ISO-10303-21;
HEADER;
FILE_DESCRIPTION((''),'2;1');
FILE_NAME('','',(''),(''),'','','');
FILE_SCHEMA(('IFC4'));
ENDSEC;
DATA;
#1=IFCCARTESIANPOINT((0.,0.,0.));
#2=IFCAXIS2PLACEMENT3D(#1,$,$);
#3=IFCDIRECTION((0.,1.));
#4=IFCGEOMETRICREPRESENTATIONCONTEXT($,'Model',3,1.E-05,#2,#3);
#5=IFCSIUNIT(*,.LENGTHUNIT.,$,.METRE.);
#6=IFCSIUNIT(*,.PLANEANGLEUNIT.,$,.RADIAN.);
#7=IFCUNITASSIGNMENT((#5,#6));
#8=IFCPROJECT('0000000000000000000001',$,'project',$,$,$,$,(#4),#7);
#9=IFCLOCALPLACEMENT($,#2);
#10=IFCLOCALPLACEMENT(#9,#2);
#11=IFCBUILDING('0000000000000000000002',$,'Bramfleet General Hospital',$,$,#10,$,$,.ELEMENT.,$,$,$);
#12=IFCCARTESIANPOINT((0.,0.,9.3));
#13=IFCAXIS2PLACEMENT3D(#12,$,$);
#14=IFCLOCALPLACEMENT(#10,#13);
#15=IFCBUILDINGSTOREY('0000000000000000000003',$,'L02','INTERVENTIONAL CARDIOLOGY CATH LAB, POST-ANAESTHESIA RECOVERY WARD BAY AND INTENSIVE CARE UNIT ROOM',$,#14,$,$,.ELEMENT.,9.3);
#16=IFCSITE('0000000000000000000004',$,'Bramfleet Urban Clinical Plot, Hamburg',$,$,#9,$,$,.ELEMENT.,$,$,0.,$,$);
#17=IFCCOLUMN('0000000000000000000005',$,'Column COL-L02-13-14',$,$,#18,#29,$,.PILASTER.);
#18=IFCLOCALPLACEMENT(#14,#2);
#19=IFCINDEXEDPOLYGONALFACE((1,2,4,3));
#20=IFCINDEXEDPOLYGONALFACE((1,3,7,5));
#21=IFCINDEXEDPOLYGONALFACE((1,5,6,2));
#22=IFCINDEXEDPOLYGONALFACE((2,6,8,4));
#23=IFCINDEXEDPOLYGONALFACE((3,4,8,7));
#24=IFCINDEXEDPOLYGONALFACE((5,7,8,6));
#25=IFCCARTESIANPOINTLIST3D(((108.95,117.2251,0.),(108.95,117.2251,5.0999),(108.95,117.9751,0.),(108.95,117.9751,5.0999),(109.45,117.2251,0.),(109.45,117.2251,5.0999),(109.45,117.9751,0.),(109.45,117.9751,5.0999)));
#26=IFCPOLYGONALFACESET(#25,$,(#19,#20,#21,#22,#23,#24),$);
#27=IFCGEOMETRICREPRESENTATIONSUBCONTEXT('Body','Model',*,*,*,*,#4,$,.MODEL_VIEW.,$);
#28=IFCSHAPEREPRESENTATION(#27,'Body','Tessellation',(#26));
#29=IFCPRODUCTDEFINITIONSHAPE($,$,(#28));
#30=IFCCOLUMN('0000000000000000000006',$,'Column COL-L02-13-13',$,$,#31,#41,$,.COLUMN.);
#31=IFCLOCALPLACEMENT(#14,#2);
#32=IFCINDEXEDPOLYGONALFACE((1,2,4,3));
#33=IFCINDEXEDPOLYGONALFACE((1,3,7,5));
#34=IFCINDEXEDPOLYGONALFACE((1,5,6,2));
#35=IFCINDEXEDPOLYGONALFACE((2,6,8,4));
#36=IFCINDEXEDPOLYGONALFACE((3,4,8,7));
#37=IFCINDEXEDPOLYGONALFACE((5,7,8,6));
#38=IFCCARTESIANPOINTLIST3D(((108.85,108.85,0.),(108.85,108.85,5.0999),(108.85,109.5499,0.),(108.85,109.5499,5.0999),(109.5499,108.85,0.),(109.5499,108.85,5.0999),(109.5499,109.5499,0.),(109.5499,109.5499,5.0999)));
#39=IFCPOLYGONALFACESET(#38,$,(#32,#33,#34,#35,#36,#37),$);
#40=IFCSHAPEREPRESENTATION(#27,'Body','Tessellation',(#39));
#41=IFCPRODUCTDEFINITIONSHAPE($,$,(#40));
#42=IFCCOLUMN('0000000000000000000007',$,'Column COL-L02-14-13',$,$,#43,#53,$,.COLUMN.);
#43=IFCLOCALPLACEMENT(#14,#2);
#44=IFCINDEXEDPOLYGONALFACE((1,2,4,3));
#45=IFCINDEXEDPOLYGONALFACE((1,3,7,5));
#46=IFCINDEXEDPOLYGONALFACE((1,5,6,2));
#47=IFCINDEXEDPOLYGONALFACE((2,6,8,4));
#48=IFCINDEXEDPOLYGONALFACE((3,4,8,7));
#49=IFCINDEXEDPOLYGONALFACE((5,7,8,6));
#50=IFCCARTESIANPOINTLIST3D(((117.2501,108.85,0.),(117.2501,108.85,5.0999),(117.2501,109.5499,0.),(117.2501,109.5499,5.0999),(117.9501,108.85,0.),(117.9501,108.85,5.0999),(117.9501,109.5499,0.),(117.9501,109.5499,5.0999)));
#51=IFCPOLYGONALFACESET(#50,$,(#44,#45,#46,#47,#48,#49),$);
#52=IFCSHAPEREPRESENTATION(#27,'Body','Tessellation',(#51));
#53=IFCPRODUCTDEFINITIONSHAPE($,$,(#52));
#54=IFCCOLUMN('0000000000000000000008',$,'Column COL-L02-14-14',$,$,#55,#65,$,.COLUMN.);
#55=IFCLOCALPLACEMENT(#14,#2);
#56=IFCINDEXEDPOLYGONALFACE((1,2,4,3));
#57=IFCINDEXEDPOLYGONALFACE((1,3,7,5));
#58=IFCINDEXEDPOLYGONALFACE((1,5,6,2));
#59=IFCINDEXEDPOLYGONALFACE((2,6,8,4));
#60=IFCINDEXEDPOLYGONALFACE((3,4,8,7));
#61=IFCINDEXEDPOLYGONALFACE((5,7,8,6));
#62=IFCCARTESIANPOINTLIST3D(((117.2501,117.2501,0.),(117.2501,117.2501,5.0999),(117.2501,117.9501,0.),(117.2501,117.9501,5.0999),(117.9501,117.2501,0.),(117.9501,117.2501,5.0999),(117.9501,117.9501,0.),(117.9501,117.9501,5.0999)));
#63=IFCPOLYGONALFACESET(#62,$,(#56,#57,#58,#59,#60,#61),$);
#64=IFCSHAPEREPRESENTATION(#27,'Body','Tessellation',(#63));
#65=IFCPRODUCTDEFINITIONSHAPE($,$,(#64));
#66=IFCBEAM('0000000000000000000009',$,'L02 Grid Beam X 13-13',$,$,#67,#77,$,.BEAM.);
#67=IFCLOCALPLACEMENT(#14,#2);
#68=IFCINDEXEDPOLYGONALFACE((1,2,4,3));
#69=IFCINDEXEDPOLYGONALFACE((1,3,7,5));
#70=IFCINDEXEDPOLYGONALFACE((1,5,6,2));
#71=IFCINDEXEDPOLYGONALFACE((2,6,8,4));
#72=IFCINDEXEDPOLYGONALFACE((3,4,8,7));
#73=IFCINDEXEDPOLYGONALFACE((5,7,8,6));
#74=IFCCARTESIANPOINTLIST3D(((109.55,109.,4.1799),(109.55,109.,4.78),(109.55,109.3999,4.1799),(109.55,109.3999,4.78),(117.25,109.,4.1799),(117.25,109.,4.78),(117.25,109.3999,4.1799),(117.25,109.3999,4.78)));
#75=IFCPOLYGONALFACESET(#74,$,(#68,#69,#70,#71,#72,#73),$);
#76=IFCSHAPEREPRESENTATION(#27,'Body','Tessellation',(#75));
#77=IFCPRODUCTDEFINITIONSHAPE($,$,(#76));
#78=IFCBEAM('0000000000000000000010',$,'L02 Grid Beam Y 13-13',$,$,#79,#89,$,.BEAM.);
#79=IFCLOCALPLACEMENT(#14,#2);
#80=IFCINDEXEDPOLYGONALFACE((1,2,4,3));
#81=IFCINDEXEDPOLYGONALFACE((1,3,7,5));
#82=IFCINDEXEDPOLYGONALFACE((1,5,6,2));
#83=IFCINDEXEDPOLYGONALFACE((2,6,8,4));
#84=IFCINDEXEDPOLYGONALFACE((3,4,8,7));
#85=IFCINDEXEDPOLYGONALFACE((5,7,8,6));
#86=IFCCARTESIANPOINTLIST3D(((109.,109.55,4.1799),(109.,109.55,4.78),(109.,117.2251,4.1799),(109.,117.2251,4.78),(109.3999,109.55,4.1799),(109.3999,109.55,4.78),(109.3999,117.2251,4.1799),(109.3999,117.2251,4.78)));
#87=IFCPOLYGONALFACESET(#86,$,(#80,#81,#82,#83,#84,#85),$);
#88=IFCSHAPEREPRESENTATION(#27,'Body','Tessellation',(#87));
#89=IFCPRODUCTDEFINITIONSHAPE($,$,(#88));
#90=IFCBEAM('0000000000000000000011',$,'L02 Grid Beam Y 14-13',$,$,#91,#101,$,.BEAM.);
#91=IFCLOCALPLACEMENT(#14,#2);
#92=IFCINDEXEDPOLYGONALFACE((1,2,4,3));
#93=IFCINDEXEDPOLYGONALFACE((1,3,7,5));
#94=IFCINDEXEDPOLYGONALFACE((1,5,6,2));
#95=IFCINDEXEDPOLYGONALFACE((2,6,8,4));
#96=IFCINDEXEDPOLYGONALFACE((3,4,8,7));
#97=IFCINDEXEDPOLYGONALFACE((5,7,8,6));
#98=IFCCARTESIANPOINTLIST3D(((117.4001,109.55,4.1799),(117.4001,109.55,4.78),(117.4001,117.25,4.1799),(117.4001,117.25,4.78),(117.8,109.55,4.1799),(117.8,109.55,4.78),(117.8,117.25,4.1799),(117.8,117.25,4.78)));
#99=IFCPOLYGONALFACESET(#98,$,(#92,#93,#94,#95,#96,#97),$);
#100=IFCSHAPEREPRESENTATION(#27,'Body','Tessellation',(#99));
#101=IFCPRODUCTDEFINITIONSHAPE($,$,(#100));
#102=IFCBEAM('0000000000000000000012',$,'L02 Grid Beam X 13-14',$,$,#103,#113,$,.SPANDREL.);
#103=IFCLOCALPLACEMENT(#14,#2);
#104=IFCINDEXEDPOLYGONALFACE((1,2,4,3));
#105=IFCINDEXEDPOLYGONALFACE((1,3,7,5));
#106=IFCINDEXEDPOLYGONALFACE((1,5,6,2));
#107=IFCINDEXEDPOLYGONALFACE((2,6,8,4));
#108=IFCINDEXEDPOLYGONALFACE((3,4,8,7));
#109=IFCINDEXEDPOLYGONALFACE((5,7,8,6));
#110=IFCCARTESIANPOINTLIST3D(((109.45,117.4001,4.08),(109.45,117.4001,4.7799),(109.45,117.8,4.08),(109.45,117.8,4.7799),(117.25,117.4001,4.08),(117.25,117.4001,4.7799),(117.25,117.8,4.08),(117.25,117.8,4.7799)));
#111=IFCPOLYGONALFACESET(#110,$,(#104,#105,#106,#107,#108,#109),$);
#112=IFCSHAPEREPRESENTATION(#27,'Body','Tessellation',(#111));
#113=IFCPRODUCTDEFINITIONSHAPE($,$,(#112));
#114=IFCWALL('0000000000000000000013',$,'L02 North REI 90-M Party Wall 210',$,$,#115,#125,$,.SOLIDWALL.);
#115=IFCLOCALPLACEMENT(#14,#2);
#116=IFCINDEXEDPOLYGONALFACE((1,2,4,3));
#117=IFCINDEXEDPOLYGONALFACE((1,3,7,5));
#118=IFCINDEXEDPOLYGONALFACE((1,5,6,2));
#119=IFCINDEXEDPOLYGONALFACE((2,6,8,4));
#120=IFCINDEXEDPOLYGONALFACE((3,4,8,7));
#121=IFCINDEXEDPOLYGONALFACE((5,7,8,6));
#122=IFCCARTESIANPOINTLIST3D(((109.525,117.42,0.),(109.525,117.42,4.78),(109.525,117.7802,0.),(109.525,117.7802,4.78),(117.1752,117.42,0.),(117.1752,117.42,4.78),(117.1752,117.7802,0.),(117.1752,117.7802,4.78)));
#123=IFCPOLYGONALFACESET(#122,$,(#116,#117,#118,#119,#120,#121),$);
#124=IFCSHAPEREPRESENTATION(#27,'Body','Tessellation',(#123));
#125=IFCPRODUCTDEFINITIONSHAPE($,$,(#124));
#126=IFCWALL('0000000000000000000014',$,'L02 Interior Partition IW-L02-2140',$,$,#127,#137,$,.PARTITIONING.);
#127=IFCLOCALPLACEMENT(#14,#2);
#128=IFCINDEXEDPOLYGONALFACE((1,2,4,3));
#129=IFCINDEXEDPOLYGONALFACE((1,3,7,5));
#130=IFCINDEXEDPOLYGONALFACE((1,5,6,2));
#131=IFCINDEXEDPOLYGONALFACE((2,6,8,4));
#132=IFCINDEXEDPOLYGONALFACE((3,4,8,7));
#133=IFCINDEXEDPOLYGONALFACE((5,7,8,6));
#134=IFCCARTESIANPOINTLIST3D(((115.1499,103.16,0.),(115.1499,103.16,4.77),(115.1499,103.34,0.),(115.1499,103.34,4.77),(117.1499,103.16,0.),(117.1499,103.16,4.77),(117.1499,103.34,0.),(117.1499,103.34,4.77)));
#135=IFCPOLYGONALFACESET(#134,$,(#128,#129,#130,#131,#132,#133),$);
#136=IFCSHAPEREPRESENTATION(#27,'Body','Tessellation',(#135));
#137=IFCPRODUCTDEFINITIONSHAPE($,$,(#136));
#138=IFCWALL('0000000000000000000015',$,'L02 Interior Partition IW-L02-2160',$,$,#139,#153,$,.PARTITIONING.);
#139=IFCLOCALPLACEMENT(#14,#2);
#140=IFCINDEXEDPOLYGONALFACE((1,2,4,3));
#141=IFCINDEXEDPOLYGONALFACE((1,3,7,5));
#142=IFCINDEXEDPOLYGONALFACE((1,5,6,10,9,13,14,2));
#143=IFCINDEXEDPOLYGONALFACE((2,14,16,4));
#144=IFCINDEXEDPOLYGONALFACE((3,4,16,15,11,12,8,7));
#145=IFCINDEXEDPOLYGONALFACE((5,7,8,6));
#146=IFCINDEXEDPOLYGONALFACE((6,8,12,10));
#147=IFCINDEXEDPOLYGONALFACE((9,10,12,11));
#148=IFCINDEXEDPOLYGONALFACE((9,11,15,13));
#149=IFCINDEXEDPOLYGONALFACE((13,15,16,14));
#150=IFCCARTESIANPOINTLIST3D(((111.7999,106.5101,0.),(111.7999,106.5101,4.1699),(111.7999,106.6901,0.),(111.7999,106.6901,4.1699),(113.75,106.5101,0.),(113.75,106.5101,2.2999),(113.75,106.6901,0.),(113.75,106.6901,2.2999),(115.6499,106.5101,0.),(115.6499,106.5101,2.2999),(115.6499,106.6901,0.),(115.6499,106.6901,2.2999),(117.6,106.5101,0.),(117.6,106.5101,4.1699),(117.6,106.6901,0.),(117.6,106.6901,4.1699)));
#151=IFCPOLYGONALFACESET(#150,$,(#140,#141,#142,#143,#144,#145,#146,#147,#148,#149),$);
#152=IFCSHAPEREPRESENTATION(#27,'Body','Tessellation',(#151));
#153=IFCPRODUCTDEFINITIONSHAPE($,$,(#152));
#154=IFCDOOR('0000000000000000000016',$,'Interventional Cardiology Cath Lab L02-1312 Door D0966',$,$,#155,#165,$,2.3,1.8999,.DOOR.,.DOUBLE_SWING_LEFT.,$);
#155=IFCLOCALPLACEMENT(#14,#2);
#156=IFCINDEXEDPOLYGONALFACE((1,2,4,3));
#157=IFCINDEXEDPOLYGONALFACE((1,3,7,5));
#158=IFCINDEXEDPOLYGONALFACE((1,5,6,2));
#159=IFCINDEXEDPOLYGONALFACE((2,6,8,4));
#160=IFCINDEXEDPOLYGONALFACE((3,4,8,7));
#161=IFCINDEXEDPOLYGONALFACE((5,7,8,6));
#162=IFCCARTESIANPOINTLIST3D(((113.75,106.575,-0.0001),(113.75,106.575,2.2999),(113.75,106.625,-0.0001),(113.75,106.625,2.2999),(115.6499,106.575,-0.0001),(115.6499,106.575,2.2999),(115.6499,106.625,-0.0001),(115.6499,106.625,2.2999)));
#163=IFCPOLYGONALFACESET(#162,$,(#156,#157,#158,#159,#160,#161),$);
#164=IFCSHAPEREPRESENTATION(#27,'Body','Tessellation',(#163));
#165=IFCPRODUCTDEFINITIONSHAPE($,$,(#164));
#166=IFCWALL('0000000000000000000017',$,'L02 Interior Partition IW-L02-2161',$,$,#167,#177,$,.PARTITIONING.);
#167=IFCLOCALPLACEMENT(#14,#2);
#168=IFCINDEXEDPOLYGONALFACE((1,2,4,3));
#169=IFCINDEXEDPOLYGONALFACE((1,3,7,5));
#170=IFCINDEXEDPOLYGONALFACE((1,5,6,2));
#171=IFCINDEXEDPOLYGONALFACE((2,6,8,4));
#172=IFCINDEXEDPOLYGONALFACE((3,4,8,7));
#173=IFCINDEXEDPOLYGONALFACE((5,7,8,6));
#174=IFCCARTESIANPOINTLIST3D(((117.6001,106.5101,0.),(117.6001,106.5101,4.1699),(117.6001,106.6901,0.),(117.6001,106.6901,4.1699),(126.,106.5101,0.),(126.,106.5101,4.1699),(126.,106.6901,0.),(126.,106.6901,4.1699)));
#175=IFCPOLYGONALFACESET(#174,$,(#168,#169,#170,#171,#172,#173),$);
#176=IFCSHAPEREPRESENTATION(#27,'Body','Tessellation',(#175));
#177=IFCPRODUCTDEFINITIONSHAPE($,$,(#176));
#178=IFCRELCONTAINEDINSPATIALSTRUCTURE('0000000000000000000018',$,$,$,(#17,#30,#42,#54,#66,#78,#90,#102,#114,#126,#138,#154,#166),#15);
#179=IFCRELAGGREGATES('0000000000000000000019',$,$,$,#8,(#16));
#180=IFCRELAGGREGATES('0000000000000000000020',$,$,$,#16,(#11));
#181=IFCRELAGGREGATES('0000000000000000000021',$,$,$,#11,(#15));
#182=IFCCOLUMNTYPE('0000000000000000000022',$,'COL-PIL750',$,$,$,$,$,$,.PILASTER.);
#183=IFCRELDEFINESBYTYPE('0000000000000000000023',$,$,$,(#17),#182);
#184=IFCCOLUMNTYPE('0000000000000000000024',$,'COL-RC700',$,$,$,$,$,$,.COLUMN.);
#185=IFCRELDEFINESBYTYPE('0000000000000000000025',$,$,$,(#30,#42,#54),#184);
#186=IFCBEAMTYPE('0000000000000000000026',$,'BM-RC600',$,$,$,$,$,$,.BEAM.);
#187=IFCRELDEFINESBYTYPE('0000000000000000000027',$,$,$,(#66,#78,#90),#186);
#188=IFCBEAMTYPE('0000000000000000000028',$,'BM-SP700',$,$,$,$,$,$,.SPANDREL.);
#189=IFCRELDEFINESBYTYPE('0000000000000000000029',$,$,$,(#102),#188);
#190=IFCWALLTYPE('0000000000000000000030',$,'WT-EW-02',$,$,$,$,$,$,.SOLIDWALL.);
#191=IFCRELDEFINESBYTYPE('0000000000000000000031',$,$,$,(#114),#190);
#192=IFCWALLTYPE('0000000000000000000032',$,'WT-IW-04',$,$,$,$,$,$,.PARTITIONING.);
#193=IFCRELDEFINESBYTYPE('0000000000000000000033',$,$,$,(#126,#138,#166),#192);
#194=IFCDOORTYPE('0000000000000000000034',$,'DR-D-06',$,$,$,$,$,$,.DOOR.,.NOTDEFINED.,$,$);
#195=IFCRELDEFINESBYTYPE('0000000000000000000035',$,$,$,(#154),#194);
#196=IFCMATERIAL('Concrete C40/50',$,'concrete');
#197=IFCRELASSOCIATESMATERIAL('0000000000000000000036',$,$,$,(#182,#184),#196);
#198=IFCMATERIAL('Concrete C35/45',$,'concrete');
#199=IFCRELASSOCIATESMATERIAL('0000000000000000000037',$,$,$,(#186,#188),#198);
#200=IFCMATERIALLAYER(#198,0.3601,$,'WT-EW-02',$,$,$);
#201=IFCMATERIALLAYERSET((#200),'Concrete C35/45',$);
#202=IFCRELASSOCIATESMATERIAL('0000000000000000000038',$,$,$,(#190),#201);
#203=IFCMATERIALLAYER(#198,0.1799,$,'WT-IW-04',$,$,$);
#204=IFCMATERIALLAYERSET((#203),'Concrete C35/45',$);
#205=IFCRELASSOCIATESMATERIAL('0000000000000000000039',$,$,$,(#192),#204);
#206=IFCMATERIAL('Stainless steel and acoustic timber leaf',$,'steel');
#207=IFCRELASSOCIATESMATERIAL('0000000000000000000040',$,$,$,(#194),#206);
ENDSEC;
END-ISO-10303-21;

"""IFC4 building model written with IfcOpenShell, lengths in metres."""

from ifc_helpers import new_model, si_unit, direction, frame, frame_2d, origin, origin_2d, place, context, subcontext, project, spatial, rectangle, extrude, material, layer, layer_set, material_profile, profile_set, type_object, element, fill, save


model = new_model("IFC4")

# Units and contexts
model_context = context("Model", 3, precision=1e-05, world=origin(), true_north=direction((0.0, 1.0)))
body_context = subcontext(model_context, "Body", "Model", "MODEL_VIEW")
ifc_project = project(units=[si_unit("LENGTHUNIT", "METRE"), si_unit("PLANEANGLEUNIT", "RADIAN")], contexts=[model_context])

# Site, building, storey
site_placement = place(None, origin())
site = spatial("IfcSite", under=ifc_project, at=site_placement, Name="Bramfleet Urban Clinical Plot, Hamburg", CompositionType="ELEMENT", RefElevation=0.0)
building_placement = place(site_placement, origin())
building = spatial("IfcBuilding", under=site, at=building_placement, Name="Bramfleet General Hospital", CompositionType="ELEMENT")
storey_placement = place(building_placement, frame((0.0, 0.0, 9.3)))
storey = spatial("IfcBuildingStorey", under=building, at=storey_placement, Name="L02", Description="INTERVENTIONAL CARDIOLOGY CATH LAB, POST-ANAESTHESIA RECOVERY WARD BAY AND INTENSIVE CARE UNIT ROOM", CompositionType="ELEMENT", Elevation=9.3)

# Columns
ifc_material_1 = material(Name="Concrete C40/50", Category="concrete")
ifc_material_profile_1 = material_profile(ifc_material_1, rectangle(XDim=0.5, YDim=0.75, at=origin_2d()), Name="RC PIL 750x500")
ifc_profile_set_1 = profile_set([ifc_material_profile_1], Name="Concrete C40/50")
column_type_1 = type_object("IfcColumnType", Name="COL-PIL750", PredefinedType="PILASTER", material=ifc_profile_set_1)
column_placement = place(storey_placement, frame((109.2, 117.6001, 0.0), z_axis=(0.0, 0.0, 1.0), x_axis=(1.0, 0.0, 0.0)))
element("IfcColumn", 1, at=column_placement, inside=storey, type_object=column_type_1, Name="Column COL-L02-13-14", PredefinedType="PILASTER", context=body_context, shape_type="SweptSolid", body=[
    extrude(rectangle(XDim=0.5, YDim=0.75, at=origin_2d()), origin(), (0.0, 0.0, 1.0), 5.0999),
])
ifc_material_profile_2 = material_profile(ifc_material_1, rectangle(XDim=0.7, YDim=0.7, at=origin_2d()), Name="RC COL 700x700")
ifc_profile_set_2 = profile_set([ifc_material_profile_2], Name="Concrete C40/50")
column_type_2 = type_object("IfcColumnType", Name="COL-RC700", PredefinedType="COLUMN", material=ifc_profile_set_2)
for number, where, z_axis, x_axis, name in (
    (2, (109.2, 109.2, 0.0), (0.0, 0.0, 1.0), (1.0, 0.0, 0.0), "Column COL-L02-13-13"),
    (3, (117.6001, 109.2, 0.0), (0.0, 0.0, 1.0), (1.0, 0.0, 0.0), "Column COL-L02-14-13"),
    (4, (117.6001, 117.6001, 0.0), (0.0, 0.0, 1.0), (1.0, 0.0, 0.0), "Column COL-L02-14-14"),
):
    element("IfcColumn", number, at=place(storey_placement, frame(where, z_axis=z_axis, x_axis=x_axis)), inside=storey, type_object=column_type_2, Name=name, PredefinedType="COLUMN", context=body_context, shape_type="SweptSolid", body=[
        extrude(rectangle(XDim=0.7, YDim=0.7, at=origin_2d()), origin(), (0.0, 0.0, 1.0), 5.0999),
    ])

# Beams
ifc_material_2 = material(Name="Concrete C35/45", Category="concrete")
ifc_material_profile_3 = material_profile(ifc_material_2, rectangle(XDim=0.3999, YDim=0.6001, at=origin_2d()), Name="RC BM 600x400")
ifc_profile_set_3 = profile_set([ifc_material_profile_3], Name="Concrete C35/45")
beam_type_1 = type_object("IfcBeamType", Name="BM-RC600", PredefinedType="BEAM", material=ifc_profile_set_3)
beam_1_placement = place(storey_placement, frame((109.55, 109.2, 4.48), z_axis=(1.0, 0.0, 0.0), x_axis=(0.0, 1.0, 0.0)))
element("IfcBeam", 5, at=beam_1_placement, inside=storey, type_object=beam_type_1, Name="L02 Grid Beam X 13-13", PredefinedType="BEAM", context=body_context, shape_type="SweptSolid", body=[
    extrude(rectangle(XDim=0.3999, YDim=0.6001, at=origin_2d()), origin(), (0.0, 0.0, 1.0), 7.7),
])
beam_2_placement = place(storey_placement, frame((109.2, 109.55, 4.48), z_axis=(0.0, 1.0, 0.0), x_axis=(-1.0, 0.0, 0.0)))
element("IfcBeam", 6, at=beam_2_placement, inside=storey, type_object=beam_type_1, Name="L02 Grid Beam Y 13-13", PredefinedType="BEAM", context=body_context, shape_type="SweptSolid", body=[
    extrude(rectangle(XDim=0.3999, YDim=0.6001, at=origin_2d()), origin(), (0.0, 0.0, 1.0), 7.675),
])
beam_3_placement = place(storey_placement, frame((117.6001, 109.55, 4.48), z_axis=(0.0, 1.0, 0.0), x_axis=(-1.0, 0.0, 0.0)))
element("IfcBeam", 7, at=beam_3_placement, inside=storey, type_object=beam_type_1, Name="L02 Grid Beam Y 14-13", PredefinedType="BEAM", context=body_context, shape_type="SweptSolid", body=[
    extrude(rectangle(XDim=0.3999, YDim=0.6001, at=origin_2d()), origin(), (0.0, 0.0, 1.0), 7.7),
])
ifc_material_profile_4 = material_profile(ifc_material_2, rectangle(XDim=0.3999, YDim=0.7, at=origin_2d()), Name="RC SP 700x400")
ifc_profile_set_4 = profile_set([ifc_material_profile_4], Name="Concrete C35/45")
beam_type_2 = type_object("IfcBeamType", Name="BM-SP700", PredefinedType="SPANDREL", material=ifc_profile_set_4)
beam_4_placement = place(storey_placement, frame((109.45, 117.6001, 4.4299), z_axis=(1.0, 0.0, 0.0), x_axis=(0.0, 1.0, 0.0)))
element("IfcBeam", 8, at=beam_4_placement, inside=storey, type_object=beam_type_2, Name="L02 Grid Beam X 13-14", PredefinedType="SPANDREL", context=body_context, shape_type="SweptSolid", body=[
    extrude(rectangle(XDim=0.3999, YDim=0.7, at=origin_2d()), origin(), (0.0, 0.0, 1.0), 7.8),
])

# Walls
ifc_layer_1 = layer(ifc_material_2, 0.3601, Name="WT-EW-02")
ifc_layer_set_1 = layer_set([ifc_layer_1], Name="Concrete C35/45")
wall_type_1 = type_object("IfcWallType", Name="WT-EW-02", PredefinedType="SOLIDWALL", material=ifc_layer_set_1)
wall_1_placement = place(storey_placement, frame((109.5249, 117.6001, 0.0), z_axis=(0.0, 0.0, 1.0), x_axis=(1.0, 0.0, 0.0)))
element("IfcWall", 9, at=wall_1_placement, inside=storey, type_object=wall_type_1, Name="L02 North REI 90-M Party Wall 210", PredefinedType="SOLIDWALL", context=body_context, shape_type="SweptSolid", body=[
    extrude(rectangle(XDim=7.6501, YDim=0.3601, at=frame_2d((3.8252, 0.0))), origin(), (0.0, 0.0, 1.0), 4.78),
])
ifc_layer_2 = layer(ifc_material_2, 0.1799, Name="WT-IW-04")
ifc_layer_set_2 = layer_set([ifc_layer_2], Name="Concrete C35/45")
wall_type_2 = type_object("IfcWallType", Name="WT-IW-04", PredefinedType="PARTITIONING", material=ifc_layer_set_2)
wall_2_placement = place(storey_placement, frame((115.1499, 103.25, 0.0), z_axis=(0.0, 0.0, 1.0), x_axis=(1.0, 0.0, 0.0)))
element("IfcWall", 10, at=wall_2_placement, inside=storey, type_object=wall_type_2, Name="L02 Interior Partition IW-L02-2140", PredefinedType="PARTITIONING", context=body_context, shape_type="SweptSolid", body=[
    extrude(rectangle(XDim=2.0, YDim=0.1799, at=frame_2d((1.0, 0.0))), origin(), (0.0, 0.0, 1.0), 4.77),
])

# Wall, opening, door
wall_3_placement = place(storey_placement, frame((111.8, 106.6001, 0.0), z_axis=(0.0, 0.0, 1.0), x_axis=(1.0, 0.0, 0.0)))
wall_3 = element("IfcWall", 11, at=wall_3_placement, inside=storey, type_object=wall_type_2, Name="L02 Interior Partition IW-L02-2160", PredefinedType="PARTITIONING", context=body_context, shape_type="SweptSolid", body=[
    extrude(rectangle(XDim=5.8, YDim=0.1799, at=frame_2d((2.8999, 0.0))), origin(), (0.0, 0.0, 1.0), 4.1699),
])
opening_1_placement = place(wall_3_placement, frame((1.95, 0.0, 0.0)))
opening_1 = element("IfcOpeningElement", 12, at=opening_1_placement, cuts=wall_3, PredefinedType="OPENING", context=body_context, shape_type="SweptSolid", body=[
    extrude(rectangle(XDim=1.8999, YDim=2.3, at=frame_2d((0.95, 1.1499))), frame((0.0, 0.0999, 0.0), z_axis=(0.0, -1.0, 0.0), x_axis=(1.0, 0.0, 0.0)), (0.0, 0.0, 1.0), 0.2),
])
ifc_material_3 = material(Name="Stainless steel and acoustic timber leaf", Category="steel")
door_type_1 = type_object("IfcDoorType", Name="DR-D-06", OperationType="NOTDEFINED", PredefinedType="DOOR", material=ifc_material_3)
door_1_placement = place(opening_1_placement, origin())
door_1 = element("IfcDoor", 13, at=door_1_placement, inside=storey, type_object=door_type_1, Name="Interventional Cardiology Cath Lab L02-1312 Door D0966", OperationType="DOUBLE_SWING_LEFT", OverallHeight=2.3, OverallWidth=1.8999, PredefinedType="DOOR", context=body_context, shape_type="SweptSolid", body=[
    extrude(rectangle(XDim=1.8999, YDim=2.3, at=frame_2d((0.95, 1.1499))), frame((0.0, 0.0249, 0.0), z_axis=(0.0, -1.0, 0.0), x_axis=(1.0, 0.0, 0.0)), (0.0, 0.0, 1.0), 0.05),
])
fill(opening_1, door_1)

# Wall
wall_4_placement = place(storey_placement, frame((117.6001, 106.6001, 0.0), z_axis=(0.0, 0.0, 1.0), x_axis=(1.0, 0.0, 0.0)))
element("IfcWall", 14, at=wall_4_placement, inside=storey, type_object=wall_type_2, Name="L02 Interior Partition IW-L02-2161", PredefinedType="PARTITIONING", context=body_context, shape_type="SweptSolid", body=[
    extrude(rectangle(XDim=8.3999, YDim=0.1799, at=frame_2d((4.2, 0.0))), origin(), (0.0, 0.0, 1.0), 4.1699),
])

save(model, "model.ifc")
